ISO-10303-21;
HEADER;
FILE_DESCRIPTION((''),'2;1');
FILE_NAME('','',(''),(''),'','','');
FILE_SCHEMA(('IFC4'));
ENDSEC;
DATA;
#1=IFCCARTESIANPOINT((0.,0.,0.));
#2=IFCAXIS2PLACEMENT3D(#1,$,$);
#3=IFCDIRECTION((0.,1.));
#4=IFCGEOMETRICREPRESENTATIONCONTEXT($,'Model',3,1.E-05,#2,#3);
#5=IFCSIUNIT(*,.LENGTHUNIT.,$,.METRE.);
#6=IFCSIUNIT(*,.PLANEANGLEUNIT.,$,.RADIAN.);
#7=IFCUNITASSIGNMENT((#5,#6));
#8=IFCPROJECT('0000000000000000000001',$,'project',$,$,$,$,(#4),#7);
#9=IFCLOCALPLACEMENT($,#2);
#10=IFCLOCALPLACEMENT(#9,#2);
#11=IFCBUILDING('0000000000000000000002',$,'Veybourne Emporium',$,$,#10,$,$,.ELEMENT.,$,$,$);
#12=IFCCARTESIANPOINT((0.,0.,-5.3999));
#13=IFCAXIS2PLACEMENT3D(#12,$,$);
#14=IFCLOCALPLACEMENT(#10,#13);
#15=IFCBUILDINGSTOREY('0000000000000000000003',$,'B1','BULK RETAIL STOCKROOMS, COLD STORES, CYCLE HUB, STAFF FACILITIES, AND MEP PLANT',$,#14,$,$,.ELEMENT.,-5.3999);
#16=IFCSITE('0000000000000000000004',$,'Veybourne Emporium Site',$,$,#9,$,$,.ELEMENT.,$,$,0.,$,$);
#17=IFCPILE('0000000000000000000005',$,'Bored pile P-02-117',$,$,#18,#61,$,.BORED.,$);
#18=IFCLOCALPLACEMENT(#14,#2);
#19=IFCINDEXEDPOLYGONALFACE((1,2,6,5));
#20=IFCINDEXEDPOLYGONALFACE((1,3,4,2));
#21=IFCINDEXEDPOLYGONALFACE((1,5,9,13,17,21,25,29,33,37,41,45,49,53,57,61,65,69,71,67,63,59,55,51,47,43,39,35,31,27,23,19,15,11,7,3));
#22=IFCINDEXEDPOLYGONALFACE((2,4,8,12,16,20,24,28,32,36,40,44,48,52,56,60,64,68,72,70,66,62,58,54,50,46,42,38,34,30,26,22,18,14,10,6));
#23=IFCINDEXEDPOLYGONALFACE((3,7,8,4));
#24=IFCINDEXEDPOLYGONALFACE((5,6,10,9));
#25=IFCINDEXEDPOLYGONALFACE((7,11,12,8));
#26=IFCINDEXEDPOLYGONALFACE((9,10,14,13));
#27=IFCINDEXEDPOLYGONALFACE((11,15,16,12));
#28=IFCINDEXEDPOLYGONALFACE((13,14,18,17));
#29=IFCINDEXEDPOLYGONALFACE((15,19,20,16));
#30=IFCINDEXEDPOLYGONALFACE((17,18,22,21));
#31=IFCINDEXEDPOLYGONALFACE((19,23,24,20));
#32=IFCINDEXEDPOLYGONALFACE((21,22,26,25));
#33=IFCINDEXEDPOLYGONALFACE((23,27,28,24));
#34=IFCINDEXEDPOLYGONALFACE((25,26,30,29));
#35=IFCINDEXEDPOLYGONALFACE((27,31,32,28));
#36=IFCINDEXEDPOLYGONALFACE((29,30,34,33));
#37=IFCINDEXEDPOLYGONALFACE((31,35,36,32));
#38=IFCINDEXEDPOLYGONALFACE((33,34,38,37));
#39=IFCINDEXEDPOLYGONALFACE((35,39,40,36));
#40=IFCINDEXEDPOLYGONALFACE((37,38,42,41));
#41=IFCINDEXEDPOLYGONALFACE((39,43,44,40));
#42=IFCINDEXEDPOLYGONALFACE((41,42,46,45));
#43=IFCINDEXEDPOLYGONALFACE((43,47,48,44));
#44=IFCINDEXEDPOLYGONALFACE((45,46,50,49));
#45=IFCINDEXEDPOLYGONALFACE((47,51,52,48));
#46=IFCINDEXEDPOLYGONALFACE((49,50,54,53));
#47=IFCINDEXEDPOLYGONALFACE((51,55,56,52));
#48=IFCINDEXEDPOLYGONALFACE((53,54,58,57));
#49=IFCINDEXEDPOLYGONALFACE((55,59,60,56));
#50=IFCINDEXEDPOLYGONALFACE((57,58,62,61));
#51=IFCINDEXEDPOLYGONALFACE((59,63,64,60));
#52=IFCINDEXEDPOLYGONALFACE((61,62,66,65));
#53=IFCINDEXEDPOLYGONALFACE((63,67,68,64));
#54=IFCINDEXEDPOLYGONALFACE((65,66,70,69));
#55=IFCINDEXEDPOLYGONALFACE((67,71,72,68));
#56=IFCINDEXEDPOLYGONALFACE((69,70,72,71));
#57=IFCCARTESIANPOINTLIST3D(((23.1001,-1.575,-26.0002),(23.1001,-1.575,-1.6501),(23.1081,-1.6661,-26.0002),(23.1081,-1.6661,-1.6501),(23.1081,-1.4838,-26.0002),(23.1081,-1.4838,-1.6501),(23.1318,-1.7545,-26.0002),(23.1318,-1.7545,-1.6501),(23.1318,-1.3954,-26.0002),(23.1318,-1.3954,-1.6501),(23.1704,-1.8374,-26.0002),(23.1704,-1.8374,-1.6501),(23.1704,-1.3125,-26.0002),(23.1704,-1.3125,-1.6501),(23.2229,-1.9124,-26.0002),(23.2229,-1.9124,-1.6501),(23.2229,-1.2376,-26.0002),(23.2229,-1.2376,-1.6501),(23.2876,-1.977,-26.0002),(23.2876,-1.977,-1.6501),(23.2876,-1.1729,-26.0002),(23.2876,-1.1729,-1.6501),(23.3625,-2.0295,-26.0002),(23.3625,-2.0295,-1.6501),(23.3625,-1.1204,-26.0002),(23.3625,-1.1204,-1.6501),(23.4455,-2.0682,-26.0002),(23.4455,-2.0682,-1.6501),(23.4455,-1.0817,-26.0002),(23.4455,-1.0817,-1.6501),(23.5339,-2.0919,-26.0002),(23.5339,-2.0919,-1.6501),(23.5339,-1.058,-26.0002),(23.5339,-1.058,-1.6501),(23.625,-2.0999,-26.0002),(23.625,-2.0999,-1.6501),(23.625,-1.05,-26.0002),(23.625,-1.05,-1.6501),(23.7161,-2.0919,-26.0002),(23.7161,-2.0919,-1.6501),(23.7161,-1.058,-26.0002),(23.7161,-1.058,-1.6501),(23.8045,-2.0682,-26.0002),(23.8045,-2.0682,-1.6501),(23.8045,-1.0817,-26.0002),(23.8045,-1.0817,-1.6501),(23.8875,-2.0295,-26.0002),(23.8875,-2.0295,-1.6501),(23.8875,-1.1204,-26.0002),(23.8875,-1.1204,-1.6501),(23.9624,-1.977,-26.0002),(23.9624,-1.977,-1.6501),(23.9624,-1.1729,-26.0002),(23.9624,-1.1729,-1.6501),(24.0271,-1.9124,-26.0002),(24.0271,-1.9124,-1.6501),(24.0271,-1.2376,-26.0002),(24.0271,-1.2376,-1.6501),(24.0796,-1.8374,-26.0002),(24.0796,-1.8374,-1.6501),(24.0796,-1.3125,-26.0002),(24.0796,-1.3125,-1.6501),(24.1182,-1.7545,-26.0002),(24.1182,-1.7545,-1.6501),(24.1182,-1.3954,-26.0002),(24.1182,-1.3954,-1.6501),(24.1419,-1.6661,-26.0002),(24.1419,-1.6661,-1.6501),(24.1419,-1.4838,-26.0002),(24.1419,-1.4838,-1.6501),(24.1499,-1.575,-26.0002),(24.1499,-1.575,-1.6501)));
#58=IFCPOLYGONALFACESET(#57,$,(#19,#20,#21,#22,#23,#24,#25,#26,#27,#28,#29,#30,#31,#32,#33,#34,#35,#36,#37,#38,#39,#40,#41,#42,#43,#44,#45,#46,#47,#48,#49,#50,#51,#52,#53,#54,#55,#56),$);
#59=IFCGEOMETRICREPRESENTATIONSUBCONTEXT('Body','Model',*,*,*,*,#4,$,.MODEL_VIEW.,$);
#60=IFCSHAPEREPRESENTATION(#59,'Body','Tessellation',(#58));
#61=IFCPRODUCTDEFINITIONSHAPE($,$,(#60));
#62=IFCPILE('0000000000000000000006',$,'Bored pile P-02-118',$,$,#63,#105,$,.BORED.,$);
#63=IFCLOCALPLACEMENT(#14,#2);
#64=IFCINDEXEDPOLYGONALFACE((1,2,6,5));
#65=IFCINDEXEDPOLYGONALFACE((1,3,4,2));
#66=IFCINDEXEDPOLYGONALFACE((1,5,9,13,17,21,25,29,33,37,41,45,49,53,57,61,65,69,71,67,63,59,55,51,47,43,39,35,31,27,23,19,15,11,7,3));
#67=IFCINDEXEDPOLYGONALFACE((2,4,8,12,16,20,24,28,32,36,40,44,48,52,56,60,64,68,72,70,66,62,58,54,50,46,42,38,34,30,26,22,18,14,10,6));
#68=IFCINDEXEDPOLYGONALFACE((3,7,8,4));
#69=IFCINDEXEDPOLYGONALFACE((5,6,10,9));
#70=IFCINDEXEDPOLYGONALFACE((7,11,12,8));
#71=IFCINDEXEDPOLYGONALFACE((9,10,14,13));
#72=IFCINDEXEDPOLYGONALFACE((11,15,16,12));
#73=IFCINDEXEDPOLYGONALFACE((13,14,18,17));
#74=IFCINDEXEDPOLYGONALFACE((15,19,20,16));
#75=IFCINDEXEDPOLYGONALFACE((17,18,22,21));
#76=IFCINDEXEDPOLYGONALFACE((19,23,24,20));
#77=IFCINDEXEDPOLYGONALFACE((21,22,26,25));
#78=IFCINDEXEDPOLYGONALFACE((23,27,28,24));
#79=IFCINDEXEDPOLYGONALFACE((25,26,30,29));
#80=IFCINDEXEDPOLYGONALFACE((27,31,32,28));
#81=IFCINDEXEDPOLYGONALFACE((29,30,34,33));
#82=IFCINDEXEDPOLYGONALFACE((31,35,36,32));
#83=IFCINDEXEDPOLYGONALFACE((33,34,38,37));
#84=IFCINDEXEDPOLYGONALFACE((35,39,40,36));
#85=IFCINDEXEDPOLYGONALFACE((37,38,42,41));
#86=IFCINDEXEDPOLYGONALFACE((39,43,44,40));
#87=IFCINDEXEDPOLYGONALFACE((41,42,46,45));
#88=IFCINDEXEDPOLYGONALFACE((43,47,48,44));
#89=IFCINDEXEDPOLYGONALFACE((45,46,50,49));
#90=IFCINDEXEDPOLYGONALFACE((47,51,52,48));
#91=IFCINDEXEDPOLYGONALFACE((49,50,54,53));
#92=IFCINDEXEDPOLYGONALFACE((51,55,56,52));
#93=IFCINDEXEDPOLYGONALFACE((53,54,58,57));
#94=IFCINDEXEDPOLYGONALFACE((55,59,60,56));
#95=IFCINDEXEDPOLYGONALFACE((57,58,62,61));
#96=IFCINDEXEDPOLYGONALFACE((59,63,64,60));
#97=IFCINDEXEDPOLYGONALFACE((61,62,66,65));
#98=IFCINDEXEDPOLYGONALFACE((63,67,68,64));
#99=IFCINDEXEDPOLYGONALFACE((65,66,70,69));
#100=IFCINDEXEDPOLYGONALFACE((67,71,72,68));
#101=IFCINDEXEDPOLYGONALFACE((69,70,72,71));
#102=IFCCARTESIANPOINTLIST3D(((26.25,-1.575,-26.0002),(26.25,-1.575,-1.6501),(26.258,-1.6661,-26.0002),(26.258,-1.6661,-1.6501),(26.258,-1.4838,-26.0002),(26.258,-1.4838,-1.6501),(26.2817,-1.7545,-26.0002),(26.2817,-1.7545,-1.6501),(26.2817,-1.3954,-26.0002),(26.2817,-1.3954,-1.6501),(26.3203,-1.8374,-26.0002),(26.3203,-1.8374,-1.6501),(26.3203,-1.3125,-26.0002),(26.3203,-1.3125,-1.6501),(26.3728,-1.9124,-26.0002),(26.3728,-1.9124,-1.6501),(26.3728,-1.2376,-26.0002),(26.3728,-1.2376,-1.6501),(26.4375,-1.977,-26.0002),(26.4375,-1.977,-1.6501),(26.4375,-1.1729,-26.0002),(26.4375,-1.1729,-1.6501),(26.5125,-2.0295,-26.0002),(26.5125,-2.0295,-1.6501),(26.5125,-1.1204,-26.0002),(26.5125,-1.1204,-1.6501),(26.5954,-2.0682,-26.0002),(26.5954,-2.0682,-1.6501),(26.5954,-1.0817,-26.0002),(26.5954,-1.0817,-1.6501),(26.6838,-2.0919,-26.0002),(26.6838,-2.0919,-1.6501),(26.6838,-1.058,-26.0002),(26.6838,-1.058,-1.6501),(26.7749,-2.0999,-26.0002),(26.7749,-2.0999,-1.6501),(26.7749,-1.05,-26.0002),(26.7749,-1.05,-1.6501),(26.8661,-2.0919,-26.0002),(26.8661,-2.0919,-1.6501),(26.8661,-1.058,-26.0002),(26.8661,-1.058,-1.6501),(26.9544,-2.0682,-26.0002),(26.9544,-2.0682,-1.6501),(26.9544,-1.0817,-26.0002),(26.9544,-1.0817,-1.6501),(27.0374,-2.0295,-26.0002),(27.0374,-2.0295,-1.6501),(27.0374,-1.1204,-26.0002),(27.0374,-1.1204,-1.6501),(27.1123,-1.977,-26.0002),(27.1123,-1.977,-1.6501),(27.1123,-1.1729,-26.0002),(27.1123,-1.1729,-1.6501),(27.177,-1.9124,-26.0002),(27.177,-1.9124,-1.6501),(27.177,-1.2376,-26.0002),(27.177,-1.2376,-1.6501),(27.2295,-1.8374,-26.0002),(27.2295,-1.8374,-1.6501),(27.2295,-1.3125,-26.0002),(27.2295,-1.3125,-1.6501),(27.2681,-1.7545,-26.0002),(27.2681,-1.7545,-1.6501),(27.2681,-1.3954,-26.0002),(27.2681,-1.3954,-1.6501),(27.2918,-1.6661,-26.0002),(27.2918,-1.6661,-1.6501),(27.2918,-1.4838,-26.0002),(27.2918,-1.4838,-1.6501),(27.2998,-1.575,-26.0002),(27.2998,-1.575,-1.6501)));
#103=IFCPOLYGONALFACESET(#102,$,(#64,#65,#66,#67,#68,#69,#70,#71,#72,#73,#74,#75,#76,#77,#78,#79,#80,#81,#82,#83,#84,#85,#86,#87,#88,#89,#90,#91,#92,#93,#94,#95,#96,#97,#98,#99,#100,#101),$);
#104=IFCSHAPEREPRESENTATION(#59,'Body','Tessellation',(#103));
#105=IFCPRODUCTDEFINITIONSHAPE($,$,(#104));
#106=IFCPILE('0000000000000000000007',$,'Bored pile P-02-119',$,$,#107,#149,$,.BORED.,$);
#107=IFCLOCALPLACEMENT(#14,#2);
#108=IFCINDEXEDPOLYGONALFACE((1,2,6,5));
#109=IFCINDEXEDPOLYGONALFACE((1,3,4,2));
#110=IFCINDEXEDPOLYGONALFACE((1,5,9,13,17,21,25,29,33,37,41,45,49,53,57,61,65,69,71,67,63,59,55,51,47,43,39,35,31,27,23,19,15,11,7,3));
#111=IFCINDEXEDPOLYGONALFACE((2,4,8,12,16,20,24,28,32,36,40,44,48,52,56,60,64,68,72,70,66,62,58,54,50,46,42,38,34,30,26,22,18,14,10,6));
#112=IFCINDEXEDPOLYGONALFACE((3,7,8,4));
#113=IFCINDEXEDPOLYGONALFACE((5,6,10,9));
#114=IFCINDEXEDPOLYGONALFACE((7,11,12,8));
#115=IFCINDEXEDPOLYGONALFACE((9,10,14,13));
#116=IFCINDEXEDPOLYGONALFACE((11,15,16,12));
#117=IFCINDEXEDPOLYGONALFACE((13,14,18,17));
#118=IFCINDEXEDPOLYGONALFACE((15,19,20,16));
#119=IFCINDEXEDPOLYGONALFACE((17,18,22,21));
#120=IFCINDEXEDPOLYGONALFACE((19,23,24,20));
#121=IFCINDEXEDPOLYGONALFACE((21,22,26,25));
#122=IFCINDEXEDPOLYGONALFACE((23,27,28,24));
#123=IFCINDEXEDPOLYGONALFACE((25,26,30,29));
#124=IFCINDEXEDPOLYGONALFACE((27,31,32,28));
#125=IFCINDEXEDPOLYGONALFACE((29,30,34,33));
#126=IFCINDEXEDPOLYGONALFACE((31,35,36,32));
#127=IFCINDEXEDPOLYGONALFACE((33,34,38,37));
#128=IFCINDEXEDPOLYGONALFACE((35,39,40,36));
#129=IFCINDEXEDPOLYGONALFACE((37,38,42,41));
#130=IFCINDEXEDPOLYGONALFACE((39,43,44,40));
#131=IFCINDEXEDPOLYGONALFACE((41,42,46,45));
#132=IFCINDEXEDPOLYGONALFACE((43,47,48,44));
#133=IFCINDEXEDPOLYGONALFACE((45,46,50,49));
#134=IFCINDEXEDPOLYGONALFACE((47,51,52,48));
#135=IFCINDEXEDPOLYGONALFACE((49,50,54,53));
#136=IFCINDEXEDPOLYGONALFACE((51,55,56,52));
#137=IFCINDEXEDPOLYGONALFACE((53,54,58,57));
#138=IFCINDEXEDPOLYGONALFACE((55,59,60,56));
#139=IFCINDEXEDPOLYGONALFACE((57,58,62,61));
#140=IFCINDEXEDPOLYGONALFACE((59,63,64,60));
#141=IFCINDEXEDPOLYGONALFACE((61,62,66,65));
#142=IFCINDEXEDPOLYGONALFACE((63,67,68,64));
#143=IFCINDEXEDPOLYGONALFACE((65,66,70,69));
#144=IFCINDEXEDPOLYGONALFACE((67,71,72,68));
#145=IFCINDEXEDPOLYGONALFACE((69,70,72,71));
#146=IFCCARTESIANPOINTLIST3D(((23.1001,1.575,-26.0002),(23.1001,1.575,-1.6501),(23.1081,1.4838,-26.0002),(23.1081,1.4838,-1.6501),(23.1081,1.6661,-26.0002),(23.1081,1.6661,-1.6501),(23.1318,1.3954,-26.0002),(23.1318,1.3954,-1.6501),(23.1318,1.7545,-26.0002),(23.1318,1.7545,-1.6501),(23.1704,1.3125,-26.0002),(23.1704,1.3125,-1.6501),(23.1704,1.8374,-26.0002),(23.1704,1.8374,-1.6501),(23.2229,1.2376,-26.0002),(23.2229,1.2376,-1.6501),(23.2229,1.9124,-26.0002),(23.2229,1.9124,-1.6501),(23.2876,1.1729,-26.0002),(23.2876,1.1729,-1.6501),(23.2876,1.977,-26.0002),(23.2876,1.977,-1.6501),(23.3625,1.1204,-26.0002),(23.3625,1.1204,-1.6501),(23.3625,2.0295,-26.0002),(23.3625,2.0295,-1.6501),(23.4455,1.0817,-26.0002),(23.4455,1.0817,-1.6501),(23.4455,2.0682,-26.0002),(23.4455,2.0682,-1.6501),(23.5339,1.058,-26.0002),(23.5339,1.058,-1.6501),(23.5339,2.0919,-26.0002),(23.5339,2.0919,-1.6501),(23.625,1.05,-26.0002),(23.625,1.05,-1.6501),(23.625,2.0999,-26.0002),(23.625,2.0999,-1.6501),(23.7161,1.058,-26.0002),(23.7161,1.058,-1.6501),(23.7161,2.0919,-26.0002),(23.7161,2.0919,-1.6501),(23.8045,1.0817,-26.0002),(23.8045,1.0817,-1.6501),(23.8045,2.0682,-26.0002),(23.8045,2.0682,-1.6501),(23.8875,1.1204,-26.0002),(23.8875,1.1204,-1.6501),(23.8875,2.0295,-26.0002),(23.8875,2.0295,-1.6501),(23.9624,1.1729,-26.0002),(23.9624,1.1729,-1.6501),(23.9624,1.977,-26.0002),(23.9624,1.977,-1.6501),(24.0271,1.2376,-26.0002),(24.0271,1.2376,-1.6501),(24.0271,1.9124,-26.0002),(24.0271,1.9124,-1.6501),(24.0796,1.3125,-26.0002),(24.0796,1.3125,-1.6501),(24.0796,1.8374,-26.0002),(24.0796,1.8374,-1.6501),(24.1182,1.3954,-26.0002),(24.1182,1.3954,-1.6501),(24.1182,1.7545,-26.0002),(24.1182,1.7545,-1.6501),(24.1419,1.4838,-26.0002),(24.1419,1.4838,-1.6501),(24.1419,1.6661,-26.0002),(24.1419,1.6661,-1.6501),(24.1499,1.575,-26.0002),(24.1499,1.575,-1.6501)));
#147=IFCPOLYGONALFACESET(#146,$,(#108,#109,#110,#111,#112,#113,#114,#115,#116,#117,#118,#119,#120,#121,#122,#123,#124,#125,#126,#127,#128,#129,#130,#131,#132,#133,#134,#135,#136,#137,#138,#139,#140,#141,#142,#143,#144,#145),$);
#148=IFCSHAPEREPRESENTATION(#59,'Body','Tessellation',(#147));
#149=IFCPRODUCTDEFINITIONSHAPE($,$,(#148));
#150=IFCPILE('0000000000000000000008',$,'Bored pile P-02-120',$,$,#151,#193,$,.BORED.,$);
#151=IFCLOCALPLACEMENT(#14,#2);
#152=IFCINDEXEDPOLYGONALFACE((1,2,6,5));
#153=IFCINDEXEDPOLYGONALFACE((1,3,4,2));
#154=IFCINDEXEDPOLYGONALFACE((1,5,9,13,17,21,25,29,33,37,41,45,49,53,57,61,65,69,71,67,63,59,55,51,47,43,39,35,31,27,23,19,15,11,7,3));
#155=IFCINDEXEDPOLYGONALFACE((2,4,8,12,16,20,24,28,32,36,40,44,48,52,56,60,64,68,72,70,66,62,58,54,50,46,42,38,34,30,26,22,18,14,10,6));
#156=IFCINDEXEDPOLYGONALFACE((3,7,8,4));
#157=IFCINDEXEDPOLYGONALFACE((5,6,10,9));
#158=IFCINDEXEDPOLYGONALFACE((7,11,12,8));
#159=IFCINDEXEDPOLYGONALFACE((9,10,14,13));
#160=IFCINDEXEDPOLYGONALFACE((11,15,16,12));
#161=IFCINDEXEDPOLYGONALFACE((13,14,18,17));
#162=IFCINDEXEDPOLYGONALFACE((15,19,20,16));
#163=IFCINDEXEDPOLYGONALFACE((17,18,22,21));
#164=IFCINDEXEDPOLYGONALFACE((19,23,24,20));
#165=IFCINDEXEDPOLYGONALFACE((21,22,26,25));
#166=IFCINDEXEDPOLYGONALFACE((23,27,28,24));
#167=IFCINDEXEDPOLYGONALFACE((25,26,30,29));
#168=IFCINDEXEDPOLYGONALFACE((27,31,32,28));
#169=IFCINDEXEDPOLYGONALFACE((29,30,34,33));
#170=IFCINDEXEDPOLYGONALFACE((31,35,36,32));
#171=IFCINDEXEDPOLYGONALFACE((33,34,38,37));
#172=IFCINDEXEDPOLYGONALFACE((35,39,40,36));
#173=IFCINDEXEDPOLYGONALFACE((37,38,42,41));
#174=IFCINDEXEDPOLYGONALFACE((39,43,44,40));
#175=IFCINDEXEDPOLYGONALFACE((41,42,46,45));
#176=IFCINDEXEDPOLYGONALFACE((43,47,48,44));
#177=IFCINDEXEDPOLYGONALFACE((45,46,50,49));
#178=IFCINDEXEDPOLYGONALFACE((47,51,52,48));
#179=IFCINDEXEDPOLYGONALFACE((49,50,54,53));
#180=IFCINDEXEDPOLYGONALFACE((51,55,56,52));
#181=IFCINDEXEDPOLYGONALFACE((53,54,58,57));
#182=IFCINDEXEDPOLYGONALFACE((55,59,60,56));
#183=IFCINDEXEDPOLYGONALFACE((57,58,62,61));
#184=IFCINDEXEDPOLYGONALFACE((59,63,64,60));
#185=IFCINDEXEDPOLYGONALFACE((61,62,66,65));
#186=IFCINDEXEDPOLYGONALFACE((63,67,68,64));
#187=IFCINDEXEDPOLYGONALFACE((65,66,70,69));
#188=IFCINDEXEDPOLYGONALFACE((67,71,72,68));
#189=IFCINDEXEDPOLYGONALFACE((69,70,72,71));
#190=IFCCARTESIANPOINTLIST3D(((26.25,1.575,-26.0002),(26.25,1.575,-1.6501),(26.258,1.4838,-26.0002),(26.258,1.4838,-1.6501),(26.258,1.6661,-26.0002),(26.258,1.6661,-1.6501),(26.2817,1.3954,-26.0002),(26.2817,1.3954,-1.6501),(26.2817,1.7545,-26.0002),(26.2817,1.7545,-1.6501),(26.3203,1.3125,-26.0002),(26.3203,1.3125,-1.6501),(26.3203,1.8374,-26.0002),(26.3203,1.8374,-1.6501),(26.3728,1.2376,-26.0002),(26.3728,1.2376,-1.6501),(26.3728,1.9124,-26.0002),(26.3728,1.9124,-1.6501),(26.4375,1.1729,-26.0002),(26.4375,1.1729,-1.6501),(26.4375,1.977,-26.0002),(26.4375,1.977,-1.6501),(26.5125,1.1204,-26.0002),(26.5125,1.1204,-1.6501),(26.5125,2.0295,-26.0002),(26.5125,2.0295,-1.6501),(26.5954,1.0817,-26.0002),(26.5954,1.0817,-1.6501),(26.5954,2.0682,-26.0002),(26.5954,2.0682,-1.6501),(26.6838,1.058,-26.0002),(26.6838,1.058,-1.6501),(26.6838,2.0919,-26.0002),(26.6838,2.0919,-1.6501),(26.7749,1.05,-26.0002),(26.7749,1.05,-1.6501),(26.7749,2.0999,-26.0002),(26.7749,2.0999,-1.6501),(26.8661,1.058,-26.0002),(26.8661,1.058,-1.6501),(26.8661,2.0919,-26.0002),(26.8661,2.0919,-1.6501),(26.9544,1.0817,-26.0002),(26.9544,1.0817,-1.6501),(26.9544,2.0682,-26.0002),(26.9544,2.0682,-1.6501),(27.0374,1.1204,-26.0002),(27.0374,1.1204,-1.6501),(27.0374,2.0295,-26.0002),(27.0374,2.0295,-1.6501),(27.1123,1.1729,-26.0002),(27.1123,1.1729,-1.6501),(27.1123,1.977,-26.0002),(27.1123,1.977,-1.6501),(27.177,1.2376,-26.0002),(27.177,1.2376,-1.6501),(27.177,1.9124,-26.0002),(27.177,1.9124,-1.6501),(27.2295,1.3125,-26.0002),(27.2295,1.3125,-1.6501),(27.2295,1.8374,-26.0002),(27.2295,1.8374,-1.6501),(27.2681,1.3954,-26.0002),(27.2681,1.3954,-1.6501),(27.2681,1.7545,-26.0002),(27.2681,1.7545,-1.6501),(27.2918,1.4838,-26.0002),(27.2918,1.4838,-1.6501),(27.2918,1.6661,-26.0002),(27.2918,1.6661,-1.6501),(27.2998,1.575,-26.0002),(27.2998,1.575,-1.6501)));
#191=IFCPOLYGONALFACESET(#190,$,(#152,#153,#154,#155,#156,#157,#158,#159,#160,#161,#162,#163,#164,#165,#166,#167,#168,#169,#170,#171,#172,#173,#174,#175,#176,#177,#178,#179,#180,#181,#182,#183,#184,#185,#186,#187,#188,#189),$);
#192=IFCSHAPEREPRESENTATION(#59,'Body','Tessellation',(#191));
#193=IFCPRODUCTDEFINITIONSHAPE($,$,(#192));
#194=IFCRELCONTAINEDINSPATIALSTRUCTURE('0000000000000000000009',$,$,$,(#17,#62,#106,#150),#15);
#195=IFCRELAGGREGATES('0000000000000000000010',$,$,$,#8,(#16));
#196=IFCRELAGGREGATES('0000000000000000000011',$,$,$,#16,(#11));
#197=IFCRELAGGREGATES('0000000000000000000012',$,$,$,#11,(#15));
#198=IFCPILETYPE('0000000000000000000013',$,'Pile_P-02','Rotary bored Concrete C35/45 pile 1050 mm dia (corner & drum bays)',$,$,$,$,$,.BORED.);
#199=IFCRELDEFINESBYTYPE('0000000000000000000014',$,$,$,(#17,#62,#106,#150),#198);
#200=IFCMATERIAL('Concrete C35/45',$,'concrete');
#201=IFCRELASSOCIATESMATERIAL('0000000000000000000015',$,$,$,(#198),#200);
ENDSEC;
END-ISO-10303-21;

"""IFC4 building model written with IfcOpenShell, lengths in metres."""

from ifc_helpers import new_model, si_unit, direction, frame, origin, origin_2d, place, context, subcontext, project, spatial, circle, extrude, material, material_profile, profile_set, type_object, element, save


model = new_model("IFC4")

# Units and contexts
model_context = context("Model", 3, precision=1e-05, world=origin(), true_north=direction((0.0, 1.0)))
body_context = subcontext(model_context, "Body", "Model", "MODEL_VIEW")
ifc_project = project(units=[si_unit("LENGTHUNIT", "METRE"), si_unit("PLANEANGLEUNIT", "RADIAN")], contexts=[model_context])

# Site, building, storey
site_placement = place(None, origin())
site = spatial("IfcSite", under=ifc_project, at=site_placement, Name="Veybourne Emporium Site", CompositionType="ELEMENT", RefElevation=0.0)
building_placement = place(site_placement, origin())
building = spatial("IfcBuilding", under=site, at=building_placement, Name="Veybourne Emporium", CompositionType="ELEMENT")
storey_placement = place(building_placement, frame((0.0, 0.0, -5.3999)))
storey = spatial("IfcBuildingStorey", under=building, at=storey_placement, Name="B1", Description="BULK RETAIL STOCKROOMS, COLD STORES, CYCLE HUB, STAFF FACILITIES, AND MEP PLANT", CompositionType="ELEMENT", Elevation=-5.3999)

# Shared definitions
ifc_material_1 = material(Name="Concrete C35/45", Category="concrete")

# Piles
ifc_material_profile_1 = material_profile(ifc_material_1, circle(Radius=0.5249, at=origin_2d()), Name="BORED PILE 1050")
ifc_profile_set_1 = profile_set([ifc_material_profile_1], Name="Concrete C35/45")
pile_type = type_object("IfcPileType", Name="Pile_P-02", Description="Rotary bored Concrete C35/45 pile 1050 mm dia (corner & drum bays)", PredefinedType="BORED", material=ifc_profile_set_1)
for number, where, z_axis, x_axis, name in (
    (1, (23.625, -1.575, -1.6501), (0.0, 0.0, -1.0), (1.0, 0.0, 0.0), "Bored pile P-02-117"),
    (2, (26.7749, -1.575, -1.6501), (0.0, 0.0, -1.0), (1.0, 0.0, 0.0), "Bored pile P-02-118"),
    (3, (23.625, 1.575, -1.6501), (0.0, 0.0, -1.0), (1.0, 0.0, 0.0), "Bored pile P-02-119"),
    (4, (26.7749, 1.575, -1.6501), (0.0, 0.0, -1.0), (1.0, 0.0, 0.0), "Bored pile P-02-120"),
):
    element("IfcPile", number, at=place(storey_placement, frame(where, z_axis=z_axis, x_axis=x_axis)), inside=storey, type_object=pile_type, Name=name, PredefinedType="BORED", context=body_context, shape_type="SweptSolid", body=[
        extrude(circle(Radius=0.5249, at=origin_2d()), origin(), (0.0, 0.0, 1.0), 24.3501),
    ])

save(model, "model.ifc")
